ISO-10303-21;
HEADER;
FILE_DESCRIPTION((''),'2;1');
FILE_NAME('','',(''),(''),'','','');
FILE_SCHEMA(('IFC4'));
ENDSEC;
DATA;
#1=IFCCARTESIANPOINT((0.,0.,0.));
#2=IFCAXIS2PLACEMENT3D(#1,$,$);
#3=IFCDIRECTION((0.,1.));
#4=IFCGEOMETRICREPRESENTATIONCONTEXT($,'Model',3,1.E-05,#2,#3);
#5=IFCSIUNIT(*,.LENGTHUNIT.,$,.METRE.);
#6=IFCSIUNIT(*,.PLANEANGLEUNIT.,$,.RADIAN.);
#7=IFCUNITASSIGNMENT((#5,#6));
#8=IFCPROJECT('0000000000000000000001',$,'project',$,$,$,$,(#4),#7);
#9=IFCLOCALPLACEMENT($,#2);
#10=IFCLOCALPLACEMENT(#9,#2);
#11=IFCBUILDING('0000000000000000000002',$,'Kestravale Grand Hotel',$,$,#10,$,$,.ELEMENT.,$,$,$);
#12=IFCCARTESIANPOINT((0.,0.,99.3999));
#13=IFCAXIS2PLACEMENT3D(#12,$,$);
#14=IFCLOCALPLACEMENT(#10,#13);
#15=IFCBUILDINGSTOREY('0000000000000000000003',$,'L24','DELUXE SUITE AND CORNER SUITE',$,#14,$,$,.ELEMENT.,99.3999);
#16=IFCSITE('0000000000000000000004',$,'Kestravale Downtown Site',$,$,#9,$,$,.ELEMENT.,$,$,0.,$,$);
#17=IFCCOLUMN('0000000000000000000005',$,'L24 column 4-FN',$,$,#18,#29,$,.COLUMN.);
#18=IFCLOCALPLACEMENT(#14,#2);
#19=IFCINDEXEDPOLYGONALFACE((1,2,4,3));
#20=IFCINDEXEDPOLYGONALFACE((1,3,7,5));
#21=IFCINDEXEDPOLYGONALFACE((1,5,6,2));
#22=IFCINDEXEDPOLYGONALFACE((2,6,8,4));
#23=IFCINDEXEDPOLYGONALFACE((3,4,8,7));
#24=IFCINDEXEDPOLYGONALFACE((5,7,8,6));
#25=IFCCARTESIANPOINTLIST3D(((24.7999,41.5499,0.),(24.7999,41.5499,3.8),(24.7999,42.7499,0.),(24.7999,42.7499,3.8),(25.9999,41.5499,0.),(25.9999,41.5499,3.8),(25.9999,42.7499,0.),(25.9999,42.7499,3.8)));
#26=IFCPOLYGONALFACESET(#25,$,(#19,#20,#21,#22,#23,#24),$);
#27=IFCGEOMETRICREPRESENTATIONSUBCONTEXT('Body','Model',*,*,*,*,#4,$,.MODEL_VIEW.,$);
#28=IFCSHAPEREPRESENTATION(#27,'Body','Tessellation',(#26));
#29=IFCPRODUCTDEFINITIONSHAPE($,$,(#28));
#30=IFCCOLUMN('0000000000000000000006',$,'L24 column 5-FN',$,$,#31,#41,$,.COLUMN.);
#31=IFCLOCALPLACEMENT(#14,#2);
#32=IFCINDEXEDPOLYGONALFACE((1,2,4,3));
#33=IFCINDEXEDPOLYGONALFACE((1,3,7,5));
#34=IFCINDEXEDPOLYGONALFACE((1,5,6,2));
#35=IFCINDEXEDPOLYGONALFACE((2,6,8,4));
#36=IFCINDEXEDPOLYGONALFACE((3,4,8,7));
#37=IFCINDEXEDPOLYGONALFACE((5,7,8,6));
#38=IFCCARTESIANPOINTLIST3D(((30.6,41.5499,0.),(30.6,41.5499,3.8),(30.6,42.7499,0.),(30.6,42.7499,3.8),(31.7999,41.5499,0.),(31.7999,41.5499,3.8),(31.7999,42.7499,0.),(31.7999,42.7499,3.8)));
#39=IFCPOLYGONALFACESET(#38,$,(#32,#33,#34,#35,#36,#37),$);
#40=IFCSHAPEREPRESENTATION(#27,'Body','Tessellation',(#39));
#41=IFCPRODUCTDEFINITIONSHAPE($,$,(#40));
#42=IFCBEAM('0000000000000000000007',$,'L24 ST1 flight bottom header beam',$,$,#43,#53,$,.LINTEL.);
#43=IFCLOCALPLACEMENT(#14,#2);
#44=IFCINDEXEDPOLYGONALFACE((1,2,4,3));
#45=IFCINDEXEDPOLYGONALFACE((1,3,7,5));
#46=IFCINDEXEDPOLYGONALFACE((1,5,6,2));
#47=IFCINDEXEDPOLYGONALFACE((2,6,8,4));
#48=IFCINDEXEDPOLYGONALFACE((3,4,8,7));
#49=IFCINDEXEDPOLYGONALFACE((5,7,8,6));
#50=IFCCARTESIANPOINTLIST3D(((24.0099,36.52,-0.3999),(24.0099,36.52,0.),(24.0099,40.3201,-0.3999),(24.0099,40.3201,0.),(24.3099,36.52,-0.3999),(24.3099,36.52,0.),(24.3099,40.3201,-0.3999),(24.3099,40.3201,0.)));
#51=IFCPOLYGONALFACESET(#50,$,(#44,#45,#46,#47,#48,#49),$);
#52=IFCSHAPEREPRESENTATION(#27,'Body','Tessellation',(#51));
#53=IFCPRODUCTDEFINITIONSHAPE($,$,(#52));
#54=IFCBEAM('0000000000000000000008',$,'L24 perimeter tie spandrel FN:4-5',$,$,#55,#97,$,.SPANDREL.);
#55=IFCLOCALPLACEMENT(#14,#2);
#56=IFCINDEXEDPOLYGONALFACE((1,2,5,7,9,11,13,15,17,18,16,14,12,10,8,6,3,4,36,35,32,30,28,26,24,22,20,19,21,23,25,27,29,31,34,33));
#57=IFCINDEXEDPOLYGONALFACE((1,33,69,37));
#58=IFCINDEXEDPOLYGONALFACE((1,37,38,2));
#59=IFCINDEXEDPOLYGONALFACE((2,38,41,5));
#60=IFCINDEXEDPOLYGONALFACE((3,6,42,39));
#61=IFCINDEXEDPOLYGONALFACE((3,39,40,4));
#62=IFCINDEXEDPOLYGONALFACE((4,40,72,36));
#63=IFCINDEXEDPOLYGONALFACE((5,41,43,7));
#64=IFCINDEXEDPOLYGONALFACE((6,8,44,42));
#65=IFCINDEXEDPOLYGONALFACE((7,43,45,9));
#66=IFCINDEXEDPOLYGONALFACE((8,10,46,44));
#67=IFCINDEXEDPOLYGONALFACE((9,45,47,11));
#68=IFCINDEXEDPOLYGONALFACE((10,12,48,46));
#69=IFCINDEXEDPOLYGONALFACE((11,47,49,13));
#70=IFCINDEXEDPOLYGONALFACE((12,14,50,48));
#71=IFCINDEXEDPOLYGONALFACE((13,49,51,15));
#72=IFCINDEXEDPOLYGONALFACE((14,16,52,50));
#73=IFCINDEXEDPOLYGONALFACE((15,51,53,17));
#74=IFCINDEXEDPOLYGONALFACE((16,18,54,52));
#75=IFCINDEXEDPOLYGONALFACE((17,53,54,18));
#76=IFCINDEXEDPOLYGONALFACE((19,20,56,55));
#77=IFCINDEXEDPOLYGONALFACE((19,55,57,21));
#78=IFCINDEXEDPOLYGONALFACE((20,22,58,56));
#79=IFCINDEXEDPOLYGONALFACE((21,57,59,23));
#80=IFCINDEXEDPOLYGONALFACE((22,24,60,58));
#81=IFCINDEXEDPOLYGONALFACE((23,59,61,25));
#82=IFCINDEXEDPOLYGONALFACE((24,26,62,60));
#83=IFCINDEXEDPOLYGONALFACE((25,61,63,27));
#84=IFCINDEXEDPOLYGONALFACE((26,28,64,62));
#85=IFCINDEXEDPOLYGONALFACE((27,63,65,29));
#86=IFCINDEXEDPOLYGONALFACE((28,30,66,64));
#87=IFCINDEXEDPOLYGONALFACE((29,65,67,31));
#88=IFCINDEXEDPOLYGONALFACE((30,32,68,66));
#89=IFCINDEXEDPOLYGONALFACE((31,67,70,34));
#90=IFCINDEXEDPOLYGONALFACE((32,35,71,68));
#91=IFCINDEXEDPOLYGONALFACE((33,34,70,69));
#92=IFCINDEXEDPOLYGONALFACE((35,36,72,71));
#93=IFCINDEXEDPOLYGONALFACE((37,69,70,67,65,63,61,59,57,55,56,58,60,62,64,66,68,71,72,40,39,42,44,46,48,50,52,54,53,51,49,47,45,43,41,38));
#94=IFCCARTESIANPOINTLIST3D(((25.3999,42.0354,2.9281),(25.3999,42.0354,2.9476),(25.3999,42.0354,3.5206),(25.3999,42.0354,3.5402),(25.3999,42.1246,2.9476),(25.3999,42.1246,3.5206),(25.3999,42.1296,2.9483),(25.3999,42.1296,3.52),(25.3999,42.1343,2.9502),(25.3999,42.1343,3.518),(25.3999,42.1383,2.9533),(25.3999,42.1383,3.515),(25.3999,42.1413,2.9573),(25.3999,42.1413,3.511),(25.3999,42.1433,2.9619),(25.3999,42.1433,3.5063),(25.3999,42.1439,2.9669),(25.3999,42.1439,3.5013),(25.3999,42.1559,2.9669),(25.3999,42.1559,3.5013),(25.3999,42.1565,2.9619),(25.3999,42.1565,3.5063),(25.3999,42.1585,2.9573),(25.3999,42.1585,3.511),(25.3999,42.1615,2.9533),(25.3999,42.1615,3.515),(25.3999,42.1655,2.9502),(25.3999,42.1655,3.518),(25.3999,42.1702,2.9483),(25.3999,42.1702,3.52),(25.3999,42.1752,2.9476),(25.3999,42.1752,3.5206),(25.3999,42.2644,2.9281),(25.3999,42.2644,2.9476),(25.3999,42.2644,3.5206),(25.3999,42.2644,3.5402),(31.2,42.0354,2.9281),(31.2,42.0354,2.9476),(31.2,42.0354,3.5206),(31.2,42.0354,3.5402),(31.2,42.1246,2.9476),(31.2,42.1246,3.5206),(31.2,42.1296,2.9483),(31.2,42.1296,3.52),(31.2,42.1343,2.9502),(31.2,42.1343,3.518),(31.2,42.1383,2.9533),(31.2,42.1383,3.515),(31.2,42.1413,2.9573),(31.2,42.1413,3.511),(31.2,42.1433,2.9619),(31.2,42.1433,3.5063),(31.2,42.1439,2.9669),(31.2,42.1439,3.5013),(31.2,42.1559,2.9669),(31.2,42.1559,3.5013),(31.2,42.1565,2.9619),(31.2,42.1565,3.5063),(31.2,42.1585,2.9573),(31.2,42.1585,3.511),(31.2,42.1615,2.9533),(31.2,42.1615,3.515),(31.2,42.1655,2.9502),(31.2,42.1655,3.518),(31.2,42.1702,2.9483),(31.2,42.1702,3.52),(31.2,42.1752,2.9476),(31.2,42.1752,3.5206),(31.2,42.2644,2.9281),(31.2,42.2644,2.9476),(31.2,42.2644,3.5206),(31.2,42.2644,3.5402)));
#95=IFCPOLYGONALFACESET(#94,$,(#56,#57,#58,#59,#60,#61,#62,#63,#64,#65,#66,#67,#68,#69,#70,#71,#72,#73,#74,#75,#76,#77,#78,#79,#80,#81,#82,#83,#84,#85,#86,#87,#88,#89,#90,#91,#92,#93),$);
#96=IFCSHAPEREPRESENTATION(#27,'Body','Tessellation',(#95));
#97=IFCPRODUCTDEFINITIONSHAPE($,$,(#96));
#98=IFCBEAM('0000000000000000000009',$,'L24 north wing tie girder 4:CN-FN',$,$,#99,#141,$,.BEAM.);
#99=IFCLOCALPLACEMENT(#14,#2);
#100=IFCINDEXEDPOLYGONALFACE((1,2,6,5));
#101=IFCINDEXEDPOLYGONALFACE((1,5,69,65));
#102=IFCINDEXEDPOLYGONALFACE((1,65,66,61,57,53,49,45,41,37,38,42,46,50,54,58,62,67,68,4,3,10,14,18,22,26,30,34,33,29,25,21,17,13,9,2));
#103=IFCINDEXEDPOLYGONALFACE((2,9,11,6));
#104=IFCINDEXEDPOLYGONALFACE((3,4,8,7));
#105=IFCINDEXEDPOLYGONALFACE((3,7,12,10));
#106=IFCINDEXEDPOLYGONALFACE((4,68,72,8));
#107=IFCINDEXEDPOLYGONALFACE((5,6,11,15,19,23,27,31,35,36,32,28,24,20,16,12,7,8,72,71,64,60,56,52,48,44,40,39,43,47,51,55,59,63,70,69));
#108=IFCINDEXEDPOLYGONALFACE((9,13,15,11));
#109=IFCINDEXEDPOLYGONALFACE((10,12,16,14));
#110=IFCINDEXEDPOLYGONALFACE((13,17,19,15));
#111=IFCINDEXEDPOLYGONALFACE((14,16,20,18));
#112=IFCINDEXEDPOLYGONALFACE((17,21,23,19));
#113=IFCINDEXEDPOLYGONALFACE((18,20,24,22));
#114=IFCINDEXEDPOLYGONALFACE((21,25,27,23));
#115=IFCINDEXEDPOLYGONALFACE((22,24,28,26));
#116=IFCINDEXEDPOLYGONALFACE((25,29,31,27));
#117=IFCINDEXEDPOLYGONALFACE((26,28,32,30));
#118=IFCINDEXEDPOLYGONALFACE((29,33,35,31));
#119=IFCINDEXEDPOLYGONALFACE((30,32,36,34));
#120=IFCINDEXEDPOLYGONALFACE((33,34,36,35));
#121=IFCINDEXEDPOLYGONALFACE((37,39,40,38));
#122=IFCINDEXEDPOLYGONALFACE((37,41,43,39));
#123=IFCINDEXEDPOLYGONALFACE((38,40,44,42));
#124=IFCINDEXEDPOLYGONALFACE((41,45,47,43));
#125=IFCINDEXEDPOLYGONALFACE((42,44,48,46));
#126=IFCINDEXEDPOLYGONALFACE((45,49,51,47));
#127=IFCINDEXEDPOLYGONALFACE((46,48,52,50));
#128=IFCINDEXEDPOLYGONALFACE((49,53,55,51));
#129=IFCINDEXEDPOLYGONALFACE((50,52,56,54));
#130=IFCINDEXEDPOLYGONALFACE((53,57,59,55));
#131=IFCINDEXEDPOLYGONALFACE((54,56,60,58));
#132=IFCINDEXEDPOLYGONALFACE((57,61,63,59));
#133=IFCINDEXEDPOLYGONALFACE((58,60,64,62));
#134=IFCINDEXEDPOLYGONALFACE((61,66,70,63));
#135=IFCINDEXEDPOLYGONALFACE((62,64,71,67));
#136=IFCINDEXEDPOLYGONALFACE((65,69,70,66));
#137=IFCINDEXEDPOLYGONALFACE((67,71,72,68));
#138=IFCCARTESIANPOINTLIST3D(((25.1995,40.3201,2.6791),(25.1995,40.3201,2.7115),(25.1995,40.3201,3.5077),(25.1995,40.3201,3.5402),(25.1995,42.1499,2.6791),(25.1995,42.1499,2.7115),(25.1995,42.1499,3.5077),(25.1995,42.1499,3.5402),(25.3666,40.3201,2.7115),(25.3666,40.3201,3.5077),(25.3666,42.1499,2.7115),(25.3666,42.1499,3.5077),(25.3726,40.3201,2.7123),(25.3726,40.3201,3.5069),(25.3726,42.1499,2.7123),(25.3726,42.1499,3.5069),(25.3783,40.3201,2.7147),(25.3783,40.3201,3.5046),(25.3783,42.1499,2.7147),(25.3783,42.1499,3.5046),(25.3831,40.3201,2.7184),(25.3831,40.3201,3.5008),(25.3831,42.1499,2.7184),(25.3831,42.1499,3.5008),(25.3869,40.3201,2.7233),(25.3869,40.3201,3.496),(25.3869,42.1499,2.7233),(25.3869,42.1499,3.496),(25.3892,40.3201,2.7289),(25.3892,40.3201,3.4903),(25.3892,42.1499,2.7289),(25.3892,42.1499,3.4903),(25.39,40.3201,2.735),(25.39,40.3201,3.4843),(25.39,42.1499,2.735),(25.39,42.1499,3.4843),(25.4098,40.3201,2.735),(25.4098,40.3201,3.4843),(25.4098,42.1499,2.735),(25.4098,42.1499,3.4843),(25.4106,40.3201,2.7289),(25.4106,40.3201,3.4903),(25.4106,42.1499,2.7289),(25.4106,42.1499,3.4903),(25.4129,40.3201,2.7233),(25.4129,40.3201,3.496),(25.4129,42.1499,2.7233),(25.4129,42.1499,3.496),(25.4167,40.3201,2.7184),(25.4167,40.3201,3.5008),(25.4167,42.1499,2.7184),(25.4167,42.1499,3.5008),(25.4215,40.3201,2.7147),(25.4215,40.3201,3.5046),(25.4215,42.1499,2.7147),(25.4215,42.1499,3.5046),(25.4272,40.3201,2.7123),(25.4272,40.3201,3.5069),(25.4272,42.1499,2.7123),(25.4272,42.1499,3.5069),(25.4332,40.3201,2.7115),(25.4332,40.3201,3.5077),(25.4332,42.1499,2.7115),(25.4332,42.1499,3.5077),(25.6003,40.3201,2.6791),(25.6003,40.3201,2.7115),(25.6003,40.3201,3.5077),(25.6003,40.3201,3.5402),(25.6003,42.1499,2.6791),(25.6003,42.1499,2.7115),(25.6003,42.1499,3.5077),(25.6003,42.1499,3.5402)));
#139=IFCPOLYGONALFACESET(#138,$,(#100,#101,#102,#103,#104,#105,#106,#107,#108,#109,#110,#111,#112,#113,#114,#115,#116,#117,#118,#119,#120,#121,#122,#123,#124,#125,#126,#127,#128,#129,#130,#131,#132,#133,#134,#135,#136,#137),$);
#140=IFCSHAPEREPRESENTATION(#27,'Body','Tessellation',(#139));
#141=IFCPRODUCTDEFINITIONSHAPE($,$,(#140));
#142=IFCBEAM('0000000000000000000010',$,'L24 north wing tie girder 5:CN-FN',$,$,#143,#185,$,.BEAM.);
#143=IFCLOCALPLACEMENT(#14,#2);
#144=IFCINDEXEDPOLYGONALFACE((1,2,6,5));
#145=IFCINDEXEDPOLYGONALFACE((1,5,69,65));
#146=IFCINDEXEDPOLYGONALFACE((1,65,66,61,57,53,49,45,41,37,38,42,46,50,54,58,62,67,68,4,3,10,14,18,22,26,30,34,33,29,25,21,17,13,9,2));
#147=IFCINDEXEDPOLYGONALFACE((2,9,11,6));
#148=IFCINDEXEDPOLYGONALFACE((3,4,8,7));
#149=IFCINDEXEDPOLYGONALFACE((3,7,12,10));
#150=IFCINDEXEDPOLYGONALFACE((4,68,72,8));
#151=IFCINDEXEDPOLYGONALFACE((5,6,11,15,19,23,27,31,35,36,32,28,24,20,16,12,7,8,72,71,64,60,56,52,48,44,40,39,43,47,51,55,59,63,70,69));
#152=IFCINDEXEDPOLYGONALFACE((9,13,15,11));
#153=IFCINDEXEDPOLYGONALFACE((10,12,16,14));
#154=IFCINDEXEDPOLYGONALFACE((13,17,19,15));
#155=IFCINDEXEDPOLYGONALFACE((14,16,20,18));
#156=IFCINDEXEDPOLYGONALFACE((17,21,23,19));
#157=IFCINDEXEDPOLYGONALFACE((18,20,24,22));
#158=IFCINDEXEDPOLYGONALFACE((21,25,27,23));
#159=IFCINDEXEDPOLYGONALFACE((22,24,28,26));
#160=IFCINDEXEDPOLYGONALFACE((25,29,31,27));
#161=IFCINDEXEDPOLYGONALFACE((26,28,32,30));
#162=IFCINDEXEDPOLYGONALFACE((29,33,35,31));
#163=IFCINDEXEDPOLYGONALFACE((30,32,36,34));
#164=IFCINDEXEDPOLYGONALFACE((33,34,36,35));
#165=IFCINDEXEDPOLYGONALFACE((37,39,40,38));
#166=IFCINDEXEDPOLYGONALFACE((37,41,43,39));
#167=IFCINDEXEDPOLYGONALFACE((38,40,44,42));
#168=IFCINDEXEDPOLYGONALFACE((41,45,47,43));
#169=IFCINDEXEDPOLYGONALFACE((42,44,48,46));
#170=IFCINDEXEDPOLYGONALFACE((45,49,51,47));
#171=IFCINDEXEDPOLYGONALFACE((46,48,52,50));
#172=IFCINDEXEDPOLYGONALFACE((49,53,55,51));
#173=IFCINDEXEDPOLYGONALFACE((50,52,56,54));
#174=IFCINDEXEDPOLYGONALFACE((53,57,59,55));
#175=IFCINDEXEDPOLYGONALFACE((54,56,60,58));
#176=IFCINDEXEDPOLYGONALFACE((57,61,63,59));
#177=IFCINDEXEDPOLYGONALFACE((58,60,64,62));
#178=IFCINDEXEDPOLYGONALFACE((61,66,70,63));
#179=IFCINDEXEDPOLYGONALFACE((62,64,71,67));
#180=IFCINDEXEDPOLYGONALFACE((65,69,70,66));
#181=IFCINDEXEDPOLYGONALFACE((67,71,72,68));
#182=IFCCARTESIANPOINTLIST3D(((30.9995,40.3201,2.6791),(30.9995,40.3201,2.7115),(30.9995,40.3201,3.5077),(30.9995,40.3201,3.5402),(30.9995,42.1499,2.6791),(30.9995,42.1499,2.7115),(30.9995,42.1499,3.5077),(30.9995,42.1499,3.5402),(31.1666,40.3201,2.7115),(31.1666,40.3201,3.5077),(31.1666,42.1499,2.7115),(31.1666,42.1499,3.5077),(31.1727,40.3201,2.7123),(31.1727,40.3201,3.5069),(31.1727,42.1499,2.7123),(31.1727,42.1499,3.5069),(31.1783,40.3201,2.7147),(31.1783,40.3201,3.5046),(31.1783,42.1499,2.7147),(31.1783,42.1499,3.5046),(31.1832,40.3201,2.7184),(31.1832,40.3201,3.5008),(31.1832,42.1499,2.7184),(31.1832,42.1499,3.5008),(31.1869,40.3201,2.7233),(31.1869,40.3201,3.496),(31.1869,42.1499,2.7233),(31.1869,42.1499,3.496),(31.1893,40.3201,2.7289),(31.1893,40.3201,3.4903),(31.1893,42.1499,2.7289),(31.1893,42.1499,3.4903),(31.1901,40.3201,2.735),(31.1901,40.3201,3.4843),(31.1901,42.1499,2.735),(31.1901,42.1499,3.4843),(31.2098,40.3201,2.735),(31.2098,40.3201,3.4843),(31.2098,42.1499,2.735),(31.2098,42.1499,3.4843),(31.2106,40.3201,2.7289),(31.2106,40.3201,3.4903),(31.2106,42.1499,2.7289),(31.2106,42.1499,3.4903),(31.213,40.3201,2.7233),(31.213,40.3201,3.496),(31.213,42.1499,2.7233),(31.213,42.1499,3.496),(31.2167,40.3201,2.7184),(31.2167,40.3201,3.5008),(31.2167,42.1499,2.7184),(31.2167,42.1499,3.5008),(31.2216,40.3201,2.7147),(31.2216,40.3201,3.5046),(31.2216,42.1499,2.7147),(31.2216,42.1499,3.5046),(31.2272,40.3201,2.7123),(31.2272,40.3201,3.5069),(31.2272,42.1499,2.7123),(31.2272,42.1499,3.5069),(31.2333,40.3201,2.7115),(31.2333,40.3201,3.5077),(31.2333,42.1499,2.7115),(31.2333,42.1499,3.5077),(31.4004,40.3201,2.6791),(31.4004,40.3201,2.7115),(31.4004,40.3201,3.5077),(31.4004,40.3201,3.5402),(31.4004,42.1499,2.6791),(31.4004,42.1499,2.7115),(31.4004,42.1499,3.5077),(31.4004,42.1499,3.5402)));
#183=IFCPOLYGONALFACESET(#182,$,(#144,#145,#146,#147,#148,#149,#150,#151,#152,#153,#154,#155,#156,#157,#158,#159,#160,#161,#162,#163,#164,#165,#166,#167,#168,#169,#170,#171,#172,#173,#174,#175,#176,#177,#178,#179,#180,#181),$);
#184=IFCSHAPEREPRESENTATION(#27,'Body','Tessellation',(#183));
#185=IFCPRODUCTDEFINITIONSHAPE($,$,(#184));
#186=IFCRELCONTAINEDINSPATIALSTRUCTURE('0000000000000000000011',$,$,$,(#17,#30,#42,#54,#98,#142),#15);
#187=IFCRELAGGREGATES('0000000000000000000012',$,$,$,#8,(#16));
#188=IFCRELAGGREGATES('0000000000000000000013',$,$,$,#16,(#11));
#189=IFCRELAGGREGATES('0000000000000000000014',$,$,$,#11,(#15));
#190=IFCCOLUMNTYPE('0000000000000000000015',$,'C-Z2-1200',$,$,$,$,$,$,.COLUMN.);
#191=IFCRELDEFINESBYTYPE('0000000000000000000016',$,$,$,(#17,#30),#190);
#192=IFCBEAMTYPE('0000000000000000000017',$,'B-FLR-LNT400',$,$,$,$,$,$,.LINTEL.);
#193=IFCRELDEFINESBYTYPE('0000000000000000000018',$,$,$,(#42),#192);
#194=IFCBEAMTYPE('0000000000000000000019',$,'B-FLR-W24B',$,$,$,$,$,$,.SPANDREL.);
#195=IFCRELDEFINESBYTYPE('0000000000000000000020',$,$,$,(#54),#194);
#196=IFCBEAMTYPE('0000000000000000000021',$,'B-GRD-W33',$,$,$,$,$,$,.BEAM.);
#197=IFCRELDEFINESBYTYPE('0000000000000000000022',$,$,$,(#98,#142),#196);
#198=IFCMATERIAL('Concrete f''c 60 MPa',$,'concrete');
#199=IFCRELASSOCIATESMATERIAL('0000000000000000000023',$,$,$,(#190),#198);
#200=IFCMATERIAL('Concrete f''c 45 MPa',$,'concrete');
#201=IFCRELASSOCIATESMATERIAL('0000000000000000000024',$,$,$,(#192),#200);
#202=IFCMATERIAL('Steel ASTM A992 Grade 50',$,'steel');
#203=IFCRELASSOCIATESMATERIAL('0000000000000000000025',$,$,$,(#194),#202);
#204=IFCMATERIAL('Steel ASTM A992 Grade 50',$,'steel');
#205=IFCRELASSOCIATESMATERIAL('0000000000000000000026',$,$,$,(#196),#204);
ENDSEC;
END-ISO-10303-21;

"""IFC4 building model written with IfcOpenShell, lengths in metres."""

from ifc_helpers import new_model, si_unit, direction, frame, origin, origin_2d, place, context, subcontext, project, spatial, rectangle, i_section, extrude, material, material_profile, profile_set, type_object, element, save


model = new_model("IFC4")

# Units and contexts
model_context = context("Model", 3, precision=1e-05, world=origin(), true_north=direction((0.0, 1.0)))
body_context = subcontext(model_context, "Body", "Model", "MODEL_VIEW")
ifc_project = project(units=[si_unit("LENGTHUNIT", "METRE"), si_unit("PLANEANGLEUNIT", "RADIAN")], contexts=[model_context])

# Site, building, storey
site_placement = place(None, origin())
site = spatial("IfcSite", under=ifc_project, at=site_placement, Name="Kestravale Downtown Site", CompositionType="ELEMENT", RefElevation=0.0)
building_placement = place(site_placement, origin())
building = spatial("IfcBuilding", under=site, at=building_placement, Name="Kestravale Grand Hotel", CompositionType="ELEMENT")
storey_placement = place(building_placement, frame((0.0, 0.0, 99.3999)))
storey = spatial("IfcBuildingStorey", under=building, at=storey_placement, Name="L24", Description="DELUXE SUITE AND CORNER SUITE", CompositionType="ELEMENT", Elevation=99.3999)

# Columns
ifc_material_1 = material(Name="Concrete f'c 60 MPa", Category="concrete")
ifc_material_profile_1 = material_profile(ifc_material_1, rectangle(XDim=1.2, YDim=1.2, at=origin_2d()))
ifc_profile_set_1 = profile_set([ifc_material_profile_1], Name="Concrete f'c 60 MPa")
column_type = type_object("IfcColumnType", Name="C-Z2-1200", PredefinedType="COLUMN", material=ifc_profile_set_1)
for number, where, z_axis, x_axis, name in (
    (1, (25.3999, 42.1499, 0.0), (0.0, 0.0, 1.0), (1.0, 0.0, 0.0), "L24 column 4-FN"),
    (2, (31.2, 42.1499, 0.0), (0.0, 0.0, 1.0), (1.0, 0.0, 0.0), "L24 column 5-FN"),
):
    element("IfcColumn", number, at=place(storey_placement, frame(where, z_axis=z_axis, x_axis=x_axis)), inside=storey, type_object=column_type, Name=name, PredefinedType="COLUMN", context=body_context, shape_type="SweptSolid", body=[
        extrude(rectangle(XDim=1.2, YDim=1.2, at=origin_2d()), origin(), (0.0, 0.0, 1.0), 3.8),
    ])

# Beams
ifc_material_2 = material(Name="Concrete f'c 45 MPa", Category="concrete")
ifc_material_profile_2 = material_profile(ifc_material_2, rectangle(XDim=0.3, YDim=0.3999, at=origin_2d()))
ifc_profile_set_2 = profile_set([ifc_material_profile_2], Name="Concrete f'c 45 MPa")
beam_type_1 = type_object("IfcBeamType", Name="B-FLR-LNT400", PredefinedType="LINTEL", material=ifc_profile_set_2)
beam_1_placement = place(storey_placement, frame((24.1599, 36.52, -0.2), z_axis=(0.0, 1.0, 0.0), x_axis=(-1.0, 0.0, 0.0)))
element("IfcBeam", 3, at=beam_1_placement, inside=storey, type_object=beam_type_1, Name="L24 ST1 flight bottom header beam", PredefinedType="LINTEL", context=body_context, shape_type="SweptSolid", body=[
    extrude(rectangle(XDim=0.3, YDim=0.3999, at=origin_2d()), origin(), (0.0, 0.0, 1.0), 3.8),
])
ifc_material_3 = material(Name="Steel ASTM A992 Grade 50", Category="steel")
ifc_material_profile_3 = material_profile(ifc_material_3, i_section(OverallWidth=0.229, OverallDepth=0.6121, WebThickness=0.012, FlangeThickness=0.0195, FilletRadius=0.0193, at=origin_2d()))
ifc_profile_set_3 = profile_set([ifc_material_profile_3], Name="Steel ASTM A992 Grade 50")
beam_type_2 = type_object("IfcBeamType", Name="B-FLR-W24B", PredefinedType="SPANDREL", material=ifc_profile_set_3)
beam_2_placement = place(storey_placement, frame((25.3999, 42.1499, 3.2341), z_axis=(1.0, 0.0, 0.0), x_axis=(0.0, 1.0, 0.0)))
element("IfcBeam", 4, at=beam_2_placement, inside=storey, type_object=beam_type_2, Name="L24 perimeter tie spandrel FN:4-5", PredefinedType="SPANDREL", context=body_context, shape_type="SweptSolid", body=[
    extrude(i_section(OverallWidth=0.229, OverallDepth=0.6121, WebThickness=0.012, FlangeThickness=0.0195, FilletRadius=0.0193, at=origin_2d()), origin(), (0.0, 0.0, 1.0), 5.8),
])
ifc_material_4 = material(Name="Steel ASTM A992 Grade 50", Category="steel")
ifc_material_profile_4 = material_profile(ifc_material_4, i_section(OverallWidth=0.4009, OverallDepth=0.8611, WebThickness=0.0198, FlangeThickness=0.0325, FilletRadius=0.0234, at=origin_2d()))
ifc_profile_set_4 = profile_set([ifc_material_profile_4], Name="Steel ASTM A992 Grade 50")
beam_type_3 = type_object("IfcBeamType", Name="B-GRD-W33", PredefinedType="BEAM", material=ifc_profile_set_4)
for number, where, z_axis, x_axis, name in (
    (5, (25.3999, 40.3201, 3.1096), (0.0, 1.0, 0.0), (-1.0, 0.0, 0.0), "L24 north wing tie girder 4:CN-FN"),
    (6, (31.2, 40.3201, 3.1096), (0.0, 1.0, 0.0), (-1.0, 0.0, 0.0), "L24 north wing tie girder 5:CN-FN"),
):
    element("IfcBeam", number, at=place(storey_placement, frame(where, z_axis=z_axis, x_axis=x_axis)), inside=storey, type_object=beam_type_3, Name=name, PredefinedType="BEAM", context=body_context, shape_type="SweptSolid", body=[
        extrude(i_section(OverallWidth=0.4009, OverallDepth=0.8611, WebThickness=0.0198, FlangeThickness=0.0325, FilletRadius=0.0234, at=origin_2d()), origin(), (0.0, 0.0, 1.0), 1.8298),
    ])

save(model, "model.ifc")
